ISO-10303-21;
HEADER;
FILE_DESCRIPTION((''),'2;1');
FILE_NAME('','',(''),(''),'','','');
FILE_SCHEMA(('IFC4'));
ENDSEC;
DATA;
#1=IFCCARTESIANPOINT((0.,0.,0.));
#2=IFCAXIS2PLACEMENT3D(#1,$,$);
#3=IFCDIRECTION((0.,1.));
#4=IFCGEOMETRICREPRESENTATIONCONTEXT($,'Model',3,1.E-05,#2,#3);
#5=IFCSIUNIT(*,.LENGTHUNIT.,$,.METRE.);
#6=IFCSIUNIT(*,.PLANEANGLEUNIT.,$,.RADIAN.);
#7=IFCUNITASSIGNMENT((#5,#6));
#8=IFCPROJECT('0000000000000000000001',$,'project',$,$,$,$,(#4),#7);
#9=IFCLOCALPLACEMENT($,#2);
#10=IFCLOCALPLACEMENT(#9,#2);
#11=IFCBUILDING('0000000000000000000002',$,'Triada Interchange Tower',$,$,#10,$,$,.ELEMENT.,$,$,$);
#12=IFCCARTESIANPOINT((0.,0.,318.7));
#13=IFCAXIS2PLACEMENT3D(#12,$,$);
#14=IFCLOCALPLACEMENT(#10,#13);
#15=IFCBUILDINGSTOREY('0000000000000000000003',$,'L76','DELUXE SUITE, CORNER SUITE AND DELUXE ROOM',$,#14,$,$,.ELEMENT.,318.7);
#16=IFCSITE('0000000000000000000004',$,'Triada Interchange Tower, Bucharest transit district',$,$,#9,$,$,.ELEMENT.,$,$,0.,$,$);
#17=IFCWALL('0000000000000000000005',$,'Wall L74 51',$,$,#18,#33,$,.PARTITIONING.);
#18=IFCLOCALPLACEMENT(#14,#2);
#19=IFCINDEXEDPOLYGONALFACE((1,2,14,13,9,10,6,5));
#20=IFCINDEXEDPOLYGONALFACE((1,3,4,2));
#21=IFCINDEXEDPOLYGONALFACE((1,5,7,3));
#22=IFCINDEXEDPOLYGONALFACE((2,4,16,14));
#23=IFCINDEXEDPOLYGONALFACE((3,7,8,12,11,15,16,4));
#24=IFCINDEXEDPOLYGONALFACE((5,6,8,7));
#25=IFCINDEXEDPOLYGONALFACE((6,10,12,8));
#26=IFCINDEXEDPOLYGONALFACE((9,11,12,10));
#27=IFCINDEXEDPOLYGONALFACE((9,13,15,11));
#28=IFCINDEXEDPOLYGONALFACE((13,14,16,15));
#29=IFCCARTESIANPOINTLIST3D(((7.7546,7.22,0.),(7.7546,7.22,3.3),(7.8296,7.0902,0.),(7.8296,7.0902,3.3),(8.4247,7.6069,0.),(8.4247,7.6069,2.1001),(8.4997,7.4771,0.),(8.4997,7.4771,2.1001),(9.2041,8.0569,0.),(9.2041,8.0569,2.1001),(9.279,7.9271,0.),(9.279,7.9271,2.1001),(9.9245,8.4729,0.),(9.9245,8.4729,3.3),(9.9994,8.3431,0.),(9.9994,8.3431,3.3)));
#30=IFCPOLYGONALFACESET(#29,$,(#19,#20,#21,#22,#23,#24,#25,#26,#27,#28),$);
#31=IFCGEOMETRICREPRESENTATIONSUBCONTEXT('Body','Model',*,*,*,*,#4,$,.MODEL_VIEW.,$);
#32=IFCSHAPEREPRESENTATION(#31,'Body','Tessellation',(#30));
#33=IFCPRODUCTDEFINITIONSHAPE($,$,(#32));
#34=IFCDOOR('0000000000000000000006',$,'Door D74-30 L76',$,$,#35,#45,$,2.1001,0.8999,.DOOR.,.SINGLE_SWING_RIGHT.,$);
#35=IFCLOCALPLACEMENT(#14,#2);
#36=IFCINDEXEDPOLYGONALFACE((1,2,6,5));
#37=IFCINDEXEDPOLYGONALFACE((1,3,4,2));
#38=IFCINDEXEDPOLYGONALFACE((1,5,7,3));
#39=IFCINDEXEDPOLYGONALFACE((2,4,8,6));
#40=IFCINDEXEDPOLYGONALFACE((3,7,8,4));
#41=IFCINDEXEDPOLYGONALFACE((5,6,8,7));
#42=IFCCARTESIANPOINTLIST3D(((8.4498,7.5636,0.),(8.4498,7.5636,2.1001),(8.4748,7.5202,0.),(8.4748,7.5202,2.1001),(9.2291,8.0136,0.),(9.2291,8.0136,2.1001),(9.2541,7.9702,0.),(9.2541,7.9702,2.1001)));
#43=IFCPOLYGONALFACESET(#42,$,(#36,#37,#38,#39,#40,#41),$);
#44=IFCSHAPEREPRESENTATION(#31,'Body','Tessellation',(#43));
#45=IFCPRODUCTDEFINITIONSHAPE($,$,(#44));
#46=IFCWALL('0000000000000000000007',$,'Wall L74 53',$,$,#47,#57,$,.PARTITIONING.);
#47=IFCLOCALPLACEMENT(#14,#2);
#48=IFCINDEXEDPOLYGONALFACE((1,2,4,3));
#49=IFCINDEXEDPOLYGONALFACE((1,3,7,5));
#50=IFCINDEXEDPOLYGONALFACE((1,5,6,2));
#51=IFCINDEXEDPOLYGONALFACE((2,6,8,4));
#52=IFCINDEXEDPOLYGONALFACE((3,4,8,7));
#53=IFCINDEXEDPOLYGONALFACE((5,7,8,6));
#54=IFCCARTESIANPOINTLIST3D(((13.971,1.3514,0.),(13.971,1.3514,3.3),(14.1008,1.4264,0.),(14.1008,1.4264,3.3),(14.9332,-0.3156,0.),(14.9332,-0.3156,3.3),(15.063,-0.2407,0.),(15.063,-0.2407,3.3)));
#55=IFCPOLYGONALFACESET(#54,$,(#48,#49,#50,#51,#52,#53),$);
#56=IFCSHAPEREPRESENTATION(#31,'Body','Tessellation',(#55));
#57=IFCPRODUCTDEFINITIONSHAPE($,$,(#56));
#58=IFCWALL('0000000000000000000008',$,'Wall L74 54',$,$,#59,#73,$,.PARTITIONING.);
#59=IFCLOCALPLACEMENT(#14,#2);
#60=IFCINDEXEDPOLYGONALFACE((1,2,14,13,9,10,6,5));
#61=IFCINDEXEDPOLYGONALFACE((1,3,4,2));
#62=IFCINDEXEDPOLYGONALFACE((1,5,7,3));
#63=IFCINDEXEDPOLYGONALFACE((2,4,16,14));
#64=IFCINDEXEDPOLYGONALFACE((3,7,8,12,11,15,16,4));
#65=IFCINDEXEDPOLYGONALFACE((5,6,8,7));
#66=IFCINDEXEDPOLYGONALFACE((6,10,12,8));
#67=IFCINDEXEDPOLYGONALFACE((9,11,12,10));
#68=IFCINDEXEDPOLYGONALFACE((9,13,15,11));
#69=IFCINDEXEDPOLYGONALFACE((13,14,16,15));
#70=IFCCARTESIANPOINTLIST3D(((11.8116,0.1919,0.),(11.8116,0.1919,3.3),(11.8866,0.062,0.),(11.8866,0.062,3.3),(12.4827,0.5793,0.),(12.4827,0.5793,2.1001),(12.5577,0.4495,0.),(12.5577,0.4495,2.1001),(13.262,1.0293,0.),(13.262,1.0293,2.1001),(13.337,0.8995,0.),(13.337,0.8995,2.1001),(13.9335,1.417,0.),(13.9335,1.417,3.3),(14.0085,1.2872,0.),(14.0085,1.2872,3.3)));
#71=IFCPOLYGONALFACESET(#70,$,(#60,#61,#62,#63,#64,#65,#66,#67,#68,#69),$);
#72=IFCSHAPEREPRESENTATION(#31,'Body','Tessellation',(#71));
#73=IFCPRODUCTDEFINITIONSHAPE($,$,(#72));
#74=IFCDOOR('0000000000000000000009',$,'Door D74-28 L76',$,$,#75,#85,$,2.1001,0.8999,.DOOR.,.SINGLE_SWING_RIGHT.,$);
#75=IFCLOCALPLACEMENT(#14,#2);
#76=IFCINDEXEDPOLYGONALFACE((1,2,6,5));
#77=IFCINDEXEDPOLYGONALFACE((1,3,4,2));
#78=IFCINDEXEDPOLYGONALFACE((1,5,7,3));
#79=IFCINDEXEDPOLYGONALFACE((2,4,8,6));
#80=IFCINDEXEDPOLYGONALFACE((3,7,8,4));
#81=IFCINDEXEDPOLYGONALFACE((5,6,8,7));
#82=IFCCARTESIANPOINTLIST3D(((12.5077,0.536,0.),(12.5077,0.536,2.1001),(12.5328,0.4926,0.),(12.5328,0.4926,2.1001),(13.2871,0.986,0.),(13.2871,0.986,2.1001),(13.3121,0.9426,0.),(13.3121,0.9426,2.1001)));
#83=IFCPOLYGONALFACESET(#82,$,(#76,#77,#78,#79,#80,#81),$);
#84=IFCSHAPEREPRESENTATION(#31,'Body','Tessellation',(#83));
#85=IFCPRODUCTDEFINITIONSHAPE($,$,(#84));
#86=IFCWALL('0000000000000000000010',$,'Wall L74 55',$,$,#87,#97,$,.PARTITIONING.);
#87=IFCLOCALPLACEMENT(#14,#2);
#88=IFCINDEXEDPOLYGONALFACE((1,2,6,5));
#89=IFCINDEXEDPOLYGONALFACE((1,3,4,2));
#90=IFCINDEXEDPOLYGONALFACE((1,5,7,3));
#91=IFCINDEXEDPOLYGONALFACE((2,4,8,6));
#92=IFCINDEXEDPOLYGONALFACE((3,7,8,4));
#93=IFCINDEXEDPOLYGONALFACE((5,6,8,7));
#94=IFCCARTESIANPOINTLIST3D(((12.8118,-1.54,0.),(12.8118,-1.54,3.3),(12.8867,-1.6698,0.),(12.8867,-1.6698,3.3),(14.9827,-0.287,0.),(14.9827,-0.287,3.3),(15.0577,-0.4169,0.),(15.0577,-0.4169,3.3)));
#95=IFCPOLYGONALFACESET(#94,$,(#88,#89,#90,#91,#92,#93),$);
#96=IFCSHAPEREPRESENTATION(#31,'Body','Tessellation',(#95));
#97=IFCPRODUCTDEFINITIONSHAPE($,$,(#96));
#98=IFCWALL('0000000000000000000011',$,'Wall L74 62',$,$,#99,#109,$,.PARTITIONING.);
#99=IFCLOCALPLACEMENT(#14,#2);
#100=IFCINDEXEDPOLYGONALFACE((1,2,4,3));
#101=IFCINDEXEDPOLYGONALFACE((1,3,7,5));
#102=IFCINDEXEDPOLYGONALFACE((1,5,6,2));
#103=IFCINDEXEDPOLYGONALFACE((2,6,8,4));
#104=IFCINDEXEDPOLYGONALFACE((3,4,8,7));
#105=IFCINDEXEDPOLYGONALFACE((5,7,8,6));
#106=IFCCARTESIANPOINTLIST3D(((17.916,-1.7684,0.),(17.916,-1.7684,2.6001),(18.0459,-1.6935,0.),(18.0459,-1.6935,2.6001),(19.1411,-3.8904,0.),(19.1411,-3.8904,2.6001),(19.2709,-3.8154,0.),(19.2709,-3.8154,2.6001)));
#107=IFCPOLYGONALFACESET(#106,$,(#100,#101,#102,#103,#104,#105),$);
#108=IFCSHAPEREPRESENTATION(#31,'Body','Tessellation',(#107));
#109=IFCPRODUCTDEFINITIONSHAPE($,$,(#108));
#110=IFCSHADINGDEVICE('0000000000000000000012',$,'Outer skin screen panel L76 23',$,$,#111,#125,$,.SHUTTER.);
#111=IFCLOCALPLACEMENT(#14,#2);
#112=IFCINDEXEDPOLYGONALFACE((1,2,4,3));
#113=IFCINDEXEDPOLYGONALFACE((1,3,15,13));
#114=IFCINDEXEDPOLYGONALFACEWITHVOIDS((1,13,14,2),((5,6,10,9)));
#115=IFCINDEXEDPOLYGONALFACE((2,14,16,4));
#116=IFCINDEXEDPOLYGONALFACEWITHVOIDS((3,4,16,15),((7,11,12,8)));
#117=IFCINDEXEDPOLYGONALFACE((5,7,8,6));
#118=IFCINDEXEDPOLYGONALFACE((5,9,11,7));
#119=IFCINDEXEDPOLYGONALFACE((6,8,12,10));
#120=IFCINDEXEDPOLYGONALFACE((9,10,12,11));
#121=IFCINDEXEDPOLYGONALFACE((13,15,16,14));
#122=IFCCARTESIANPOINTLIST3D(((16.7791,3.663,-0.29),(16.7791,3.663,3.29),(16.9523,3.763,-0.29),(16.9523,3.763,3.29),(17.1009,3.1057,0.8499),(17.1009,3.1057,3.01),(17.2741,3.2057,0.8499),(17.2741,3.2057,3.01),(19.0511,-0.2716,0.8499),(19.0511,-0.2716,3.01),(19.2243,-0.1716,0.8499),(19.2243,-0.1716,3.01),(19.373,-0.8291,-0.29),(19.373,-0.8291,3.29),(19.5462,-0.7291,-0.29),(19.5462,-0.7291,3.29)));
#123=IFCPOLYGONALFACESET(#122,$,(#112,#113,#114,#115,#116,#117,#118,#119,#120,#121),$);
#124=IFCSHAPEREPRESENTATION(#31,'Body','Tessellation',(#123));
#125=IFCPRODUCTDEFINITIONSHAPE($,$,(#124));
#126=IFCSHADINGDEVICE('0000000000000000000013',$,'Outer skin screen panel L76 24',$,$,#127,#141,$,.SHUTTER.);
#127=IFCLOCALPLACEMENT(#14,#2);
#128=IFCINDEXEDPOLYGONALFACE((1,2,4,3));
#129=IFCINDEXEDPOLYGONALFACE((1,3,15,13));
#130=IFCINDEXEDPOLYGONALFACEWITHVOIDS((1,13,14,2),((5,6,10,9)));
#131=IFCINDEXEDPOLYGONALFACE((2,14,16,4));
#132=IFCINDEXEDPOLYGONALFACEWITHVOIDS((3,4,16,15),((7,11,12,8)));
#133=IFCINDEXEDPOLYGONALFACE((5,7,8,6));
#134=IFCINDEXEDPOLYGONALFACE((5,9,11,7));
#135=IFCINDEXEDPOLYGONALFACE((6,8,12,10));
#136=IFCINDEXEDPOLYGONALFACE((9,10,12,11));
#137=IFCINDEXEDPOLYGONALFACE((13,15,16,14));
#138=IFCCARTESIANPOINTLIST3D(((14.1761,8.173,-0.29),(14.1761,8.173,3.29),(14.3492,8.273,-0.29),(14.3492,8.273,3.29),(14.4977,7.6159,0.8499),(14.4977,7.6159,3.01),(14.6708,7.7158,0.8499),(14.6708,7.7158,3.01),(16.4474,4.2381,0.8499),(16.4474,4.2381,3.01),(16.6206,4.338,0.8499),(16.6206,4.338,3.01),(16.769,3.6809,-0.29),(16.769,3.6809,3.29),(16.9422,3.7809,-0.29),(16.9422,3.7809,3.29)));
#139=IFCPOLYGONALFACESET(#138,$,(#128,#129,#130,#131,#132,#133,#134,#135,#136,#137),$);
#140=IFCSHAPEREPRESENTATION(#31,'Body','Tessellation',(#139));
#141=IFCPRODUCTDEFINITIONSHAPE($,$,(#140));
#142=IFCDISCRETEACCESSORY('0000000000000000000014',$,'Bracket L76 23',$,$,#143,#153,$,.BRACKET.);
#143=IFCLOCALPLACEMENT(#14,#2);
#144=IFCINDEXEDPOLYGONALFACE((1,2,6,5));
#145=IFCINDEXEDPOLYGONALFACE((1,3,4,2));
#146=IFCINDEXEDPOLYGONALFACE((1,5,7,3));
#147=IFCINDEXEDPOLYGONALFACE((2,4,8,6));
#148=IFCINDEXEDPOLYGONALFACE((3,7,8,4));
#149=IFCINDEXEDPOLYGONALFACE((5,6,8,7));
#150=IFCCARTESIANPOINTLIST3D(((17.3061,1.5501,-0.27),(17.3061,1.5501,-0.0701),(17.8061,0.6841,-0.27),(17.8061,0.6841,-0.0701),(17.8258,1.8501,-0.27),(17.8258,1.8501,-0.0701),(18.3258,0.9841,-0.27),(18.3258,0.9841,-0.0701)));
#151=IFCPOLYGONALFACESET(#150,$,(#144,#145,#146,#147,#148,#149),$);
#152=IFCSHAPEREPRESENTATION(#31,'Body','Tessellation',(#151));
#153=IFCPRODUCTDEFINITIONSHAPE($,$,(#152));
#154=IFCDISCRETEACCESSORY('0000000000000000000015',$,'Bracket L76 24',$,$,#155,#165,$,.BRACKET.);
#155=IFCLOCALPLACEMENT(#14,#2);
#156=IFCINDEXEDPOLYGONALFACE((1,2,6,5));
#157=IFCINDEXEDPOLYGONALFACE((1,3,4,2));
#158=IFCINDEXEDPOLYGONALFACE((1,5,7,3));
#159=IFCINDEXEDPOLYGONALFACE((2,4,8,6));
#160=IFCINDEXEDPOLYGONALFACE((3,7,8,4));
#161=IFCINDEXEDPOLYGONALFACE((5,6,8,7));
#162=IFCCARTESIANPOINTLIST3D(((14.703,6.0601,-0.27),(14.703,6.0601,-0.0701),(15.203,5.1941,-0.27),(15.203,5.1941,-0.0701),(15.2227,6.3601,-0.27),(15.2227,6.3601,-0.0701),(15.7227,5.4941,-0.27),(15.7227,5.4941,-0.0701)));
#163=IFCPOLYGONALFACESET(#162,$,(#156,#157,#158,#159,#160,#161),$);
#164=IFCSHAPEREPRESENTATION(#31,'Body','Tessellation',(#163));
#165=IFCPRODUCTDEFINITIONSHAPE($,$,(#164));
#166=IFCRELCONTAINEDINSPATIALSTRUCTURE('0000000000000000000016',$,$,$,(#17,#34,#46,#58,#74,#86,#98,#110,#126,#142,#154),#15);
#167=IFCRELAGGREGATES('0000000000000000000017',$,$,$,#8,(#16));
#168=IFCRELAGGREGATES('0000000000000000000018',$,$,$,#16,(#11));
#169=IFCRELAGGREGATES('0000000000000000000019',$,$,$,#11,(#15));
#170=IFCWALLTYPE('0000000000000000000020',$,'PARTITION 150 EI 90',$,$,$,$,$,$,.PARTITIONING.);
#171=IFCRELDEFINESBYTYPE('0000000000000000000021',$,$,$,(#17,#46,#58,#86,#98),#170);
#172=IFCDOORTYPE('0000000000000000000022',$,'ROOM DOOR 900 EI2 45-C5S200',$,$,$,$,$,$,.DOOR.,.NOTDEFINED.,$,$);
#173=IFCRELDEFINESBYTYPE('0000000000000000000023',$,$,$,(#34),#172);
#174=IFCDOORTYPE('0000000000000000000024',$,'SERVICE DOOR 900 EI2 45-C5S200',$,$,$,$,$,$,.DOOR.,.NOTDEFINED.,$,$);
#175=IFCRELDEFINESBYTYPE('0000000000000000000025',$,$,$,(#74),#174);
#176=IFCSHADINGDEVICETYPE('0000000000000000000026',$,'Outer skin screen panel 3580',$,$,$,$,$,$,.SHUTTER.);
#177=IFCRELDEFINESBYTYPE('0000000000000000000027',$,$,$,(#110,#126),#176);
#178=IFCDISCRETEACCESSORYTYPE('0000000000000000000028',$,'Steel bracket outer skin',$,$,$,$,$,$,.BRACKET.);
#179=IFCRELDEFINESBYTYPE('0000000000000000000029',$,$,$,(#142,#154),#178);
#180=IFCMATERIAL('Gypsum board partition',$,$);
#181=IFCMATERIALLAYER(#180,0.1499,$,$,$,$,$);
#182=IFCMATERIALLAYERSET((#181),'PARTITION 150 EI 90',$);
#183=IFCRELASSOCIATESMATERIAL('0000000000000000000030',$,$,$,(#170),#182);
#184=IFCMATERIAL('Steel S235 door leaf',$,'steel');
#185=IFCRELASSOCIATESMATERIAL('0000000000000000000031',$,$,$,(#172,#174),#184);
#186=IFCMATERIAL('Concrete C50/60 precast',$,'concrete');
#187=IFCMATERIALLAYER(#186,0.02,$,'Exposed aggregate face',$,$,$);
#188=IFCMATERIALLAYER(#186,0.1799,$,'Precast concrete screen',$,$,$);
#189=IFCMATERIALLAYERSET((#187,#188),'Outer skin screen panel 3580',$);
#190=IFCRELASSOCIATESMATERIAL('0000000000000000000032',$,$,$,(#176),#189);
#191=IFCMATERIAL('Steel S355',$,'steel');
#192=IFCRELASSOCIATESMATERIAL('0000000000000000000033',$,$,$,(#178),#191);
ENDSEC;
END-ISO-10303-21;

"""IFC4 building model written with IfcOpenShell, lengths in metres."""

from ifc_helpers import new_model, si_unit, direction, frame, frame_2d, origin, origin_2d, place, context, subcontext, project, spatial, polyline, rectangle, outline, extrude, material, layer, layer_set, type_object, element, fill, save


model = new_model("IFC4")

# Units and contexts
model_context = context("Model", 3, precision=1e-05, world=origin(), true_north=direction((0.0, 1.0)))
body_context = subcontext(model_context, "Body", "Model", "MODEL_VIEW")
ifc_project = project(units=[si_unit("LENGTHUNIT", "METRE"), si_unit("PLANEANGLEUNIT", "RADIAN")], contexts=[model_context])

# Site, building, storey
site_placement = place(None, origin())
site = spatial("IfcSite", under=ifc_project, at=site_placement, Name="Triada Interchange Tower, Bucharest transit district", CompositionType="ELEMENT", RefElevation=0.0)
building_placement = place(site_placement, origin())
building = spatial("IfcBuilding", under=site, at=building_placement, Name="Triada Interchange Tower", CompositionType="ELEMENT")
storey_placement = place(building_placement, frame((0.0, 0.0, 318.7)))
storey = spatial("IfcBuildingStorey", under=building, at=storey_placement, Name="L76", Description="DELUXE SUITE, CORNER SUITE AND DELUXE ROOM", CompositionType="ELEMENT", Elevation=318.7)

# Shared definitions
ifc_material_1 = material(Name="Gypsum board partition")

# Wall, opening, door
ifc_layer_1 = layer(ifc_material_1, 0.1499)
ifc_layer_set_1 = layer_set([ifc_layer_1], Name="PARTITION 150 EI 90")
wall_type_1 = type_object("IfcWallType", Name="PARTITION 150 EI 90", PredefinedType="PARTITIONING", material=ifc_layer_set_1)
ifc_material_2 = material(Name="Steel S235 door leaf", Category="steel")
door_type_1 = type_object("IfcDoorType", Name="ROOM DOOR 900 EI2 45-C5S200", OperationType="NOTDEFINED", PredefinedType="DOOR", material=ifc_material_2)
wall_1_placement = place(storey_placement, frame((7.792, 7.155, 0.0), z_axis=(0.0, 0.0, 1.0), x_axis=(0.866004, 0.500037, 0.0)))
wall_1 = element("IfcWall", 1, at=wall_1_placement, inside=storey, type_object=wall_type_1, Name="Wall L74 51", PredefinedType="PARTITIONING", context=body_context, shape_type="SweptSolid", body=[
    extrude(rectangle(XDim=2.5056, YDim=0.1499, at=frame_2d((1.2529, 0.0))), origin(), (0.0, 0.0, 1.0), 3.3),
])
opening_1_placement = place(wall_1_placement, frame((0.7739, 0.0, 0.0)))
opening_1 = element("IfcOpeningElement", 2, at=opening_1_placement, cuts=wall_1, PredefinedType="OPENING", context=body_context, shape_type="SweptSolid", body=[
    extrude(rectangle(XDim=0.8999, YDim=2.1001, at=frame_2d((0.45, 1.05))), frame((0.0, 0.085, 0.0), z_axis=(0.0, -1.0, 0.0), x_axis=(1.0, 0.0, 0.0)), (0.0, 0.0, 1.0), 0.1699),
])
door_1_placement = place(opening_1_placement, origin())
door_1 = element("IfcDoor", 3, at=door_1_placement, inside=storey, type_object=door_type_1, Name="Door D74-30 L76", OperationType="SINGLE_SWING_RIGHT", OverallHeight=2.1001, OverallWidth=0.8999, PredefinedType="DOOR", context=body_context, shape_type="SweptSolid", body=[
    extrude(rectangle(XDim=0.8999, YDim=2.1001, at=frame_2d((0.45, 1.05))), frame((0.0, 0.0249, 0.0), z_axis=(0.0, -1.0, 0.0), x_axis=(1.0, 0.0, 0.0)), (0.0, 0.0, 1.0), 0.05),
])
fill(opening_1, door_1)

# Wall
wall_2_placement = place(storey_placement, frame((14.0359, 1.3889, 0.0), z_axis=(0.0, 0.0, 1.0), x_axis=(0.499891, -0.866088, 0.0)))
element("IfcWall", 4, at=wall_2_placement, inside=storey, type_object=wall_type_1, Name="Wall L74 53", PredefinedType="PARTITIONING", context=body_context, shape_type="SweptSolid", body=[
    extrude(rectangle(XDim=1.9248, YDim=0.1499, at=frame_2d((0.9624, 0.0))), origin(), (0.0, 0.0, 1.0), 3.3),
])

# Wall, opening, door
wall_3_placement = place(storey_placement, frame((11.8491, 0.127, 0.0), z_axis=(0.0, 0.0, 1.0), x_axis=(0.866015, 0.500019, 0.0)))
wall_3 = element("IfcWall", 5, at=wall_3_placement, inside=storey, type_object=wall_type_1, Name="Wall L74 54", PredefinedType="PARTITIONING", context=body_context, shape_type="SweptSolid", body=[
    extrude(rectangle(XDim=2.4502, YDim=0.1499, at=frame_2d((1.2251, 0.0))), origin(), (0.0, 0.0, 1.0), 3.3),
])
opening_2_placement = place(wall_3_placement, frame((0.7749, 0.0, 0.0)))
opening_2 = element("IfcOpeningElement", 6, at=opening_2_placement, cuts=wall_3, PredefinedType="OPENING", context=body_context, shape_type="SweptSolid", body=[
    extrude(rectangle(XDim=0.8999, YDim=2.1001, at=frame_2d((0.45, 1.05))), frame((0.0, 0.085, 0.0), z_axis=(0.0, -1.0, 0.0), x_axis=(1.0, 0.0, 0.0)), (0.0, 0.0, 1.0), 0.1699),
])
door_type_2 = type_object("IfcDoorType", Name="SERVICE DOOR 900 EI2 45-C5S200", OperationType="NOTDEFINED", PredefinedType="DOOR", material=ifc_material_2)
door_2_placement = place(opening_2_placement, origin())
door_2 = element("IfcDoor", 7, at=door_2_placement, inside=storey, type_object=door_type_2, Name="Door D74-28 L76", OperationType="SINGLE_SWING_RIGHT", OverallHeight=2.1001, OverallWidth=0.8999, PredefinedType="DOOR", context=body_context, shape_type="SweptSolid", body=[
    extrude(rectangle(XDim=0.8999, YDim=2.1001, at=frame_2d((0.45, 1.05))), frame((0.0, 0.0249, 0.0), z_axis=(0.0, -1.0, 0.0), x_axis=(1.0, 0.0, 0.0)), (0.0, 0.0, 1.0), 0.05),
])
fill(opening_2, door_2)

# Walls
wall_4_placement = place(storey_placement, frame((12.8491, -1.605, 0.0), z_axis=(0.0, 0.0, 1.0), x_axis=(0.866101, 0.499869, 0.0)))
element("IfcWall", 8, at=wall_4_placement, inside=storey, type_object=wall_type_1, Name="Wall L74 55", PredefinedType="PARTITIONING", context=body_context, shape_type="SweptSolid", body=[
    extrude(rectangle(XDim=2.5066, YDim=0.1499, at=frame_2d((1.2534, 0.0))), origin(), (0.0, 0.0, 1.0), 3.3),
])
wall_5_placement = place(storey_placement, frame((17.981, -1.731, 0.0), z_axis=(0.0, 0.0, 1.0), x_axis=(0.499975, -0.86604, 0.0)))
element("IfcWall", 9, at=wall_5_placement, inside=storey, type_object=wall_type_1, Name="Wall L74 62", PredefinedType="PARTITIONING", context=body_context, shape_type="SweptSolid", body=[
    extrude(rectangle(XDim=2.4502, YDim=0.1499, at=frame_2d((1.2251, 0.0))), origin(), (0.0, 0.0, 1.0), 2.6001),
])

# Shading devices
ifc_material_3 = material(Name="Concrete C50/60 precast", Category="concrete")
ifc_layer_2 = layer(ifc_material_3, 0.02, Name="Exposed aggregate face")
ifc_layer_3 = layer(ifc_material_3, 0.1799, Name="Precast concrete screen")
ifc_layer_set_2 = layer_set([ifc_layer_2, ifc_layer_3], Name="Outer skin screen panel 3580")
shading_device_type = type_object("IfcShadingDeviceType", Name="Outer skin screen panel 3580", PredefinedType="SHUTTER", material=ifc_layer_set_2)
shading_device_1_placement = place(storey_placement, frame((19.373, -0.8291, -0.29), z_axis=(0.0, 0.0, 1.0), x_axis=(-0.500062, 0.86599, 0.0)))
element("IfcShadingDevice", 10, at=shading_device_1_placement, inside=storey, type_object=shading_device_type, Name="Outer skin screen panel L76 23", PredefinedType="SHUTTER", context=body_context, shape_type="SweptSolid", body=[
    extrude(outline(polyline([(0.0, 0.0), (5.1873, 0.0), (5.1873, 3.5801), (0.0, 3.5801), (0.0, 0.0)]), holes=[polyline([(0.6438, 1.1399), (0.6438, 3.3), (4.5437, 3.3), (4.5437, 1.1399), (0.6438, 1.1399)])]), frame((0.0, 0.0, 0.0), z_axis=(0.0, -1.0, 0.0), x_axis=(1.0, 0.0, 0.0)), (0.0, 0.0, 1.0), 0.2),
])
shading_device_2_placement = place(storey_placement, frame((16.769, 3.6809, -0.29), z_axis=(0.0, 0.0, 1.0), x_axis=(-0.499921, 0.866071, 0.0)))
element("IfcShadingDevice", 11, at=shading_device_2_placement, inside=storey, type_object=shading_device_type, Name="Outer skin screen panel L76 24", PredefinedType="SHUTTER", context=body_context, shape_type="SweptSolid", body=[
    extrude(outline(polyline([(0.0, 0.0), (5.1868, 0.0), (5.1868, 3.5801), (0.0, 3.5801), (0.0, 0.0)]), holes=[polyline([(0.6433, 1.1399), (0.6433, 3.3), (4.5435, 3.3), (4.5435, 1.1399), (0.6433, 1.1399)])]), frame((0.0, 0.0, 0.0), z_axis=(0.0, -1.0, 0.0), x_axis=(1.0, 0.0, 0.0)), (0.0, 0.0, 1.0), 0.2),
])

# Discrete accessories
ifc_material_4 = material(Name="Steel S355", Category="steel")
discrete_accessory_type = type_object("IfcDiscreteAccessoryType", Name="Steel bracket outer skin", PredefinedType="BRACKET", material=ifc_material_4)
for number, where, z_axis, x_axis, name in (
    (12, (17.8159, 1.2671, -0.27), (0.0, 0.0, 1.0), (0.866025, 0.500001, 0.0), "Bracket L76 23"),
    (13, (15.2129, 5.7771, -0.27), (0.0, 0.0, 1.0), (0.866025, 0.500001, 0.0), "Bracket L76 24"),
):
    element("IfcDiscreteAccessory", number, at=place(storey_placement, frame(where, z_axis=z_axis, x_axis=x_axis)), inside=storey, type_object=discrete_accessory_type, Name=name, PredefinedType="BRACKET", context=body_context, shape_type="SweptSolid", body=[
        extrude(rectangle(XDim=0.6001, YDim=1.0, at=origin_2d()), origin(), (0.0, 0.0, 1.0), 0.2),
    ])

save(model, "model.ifc")
